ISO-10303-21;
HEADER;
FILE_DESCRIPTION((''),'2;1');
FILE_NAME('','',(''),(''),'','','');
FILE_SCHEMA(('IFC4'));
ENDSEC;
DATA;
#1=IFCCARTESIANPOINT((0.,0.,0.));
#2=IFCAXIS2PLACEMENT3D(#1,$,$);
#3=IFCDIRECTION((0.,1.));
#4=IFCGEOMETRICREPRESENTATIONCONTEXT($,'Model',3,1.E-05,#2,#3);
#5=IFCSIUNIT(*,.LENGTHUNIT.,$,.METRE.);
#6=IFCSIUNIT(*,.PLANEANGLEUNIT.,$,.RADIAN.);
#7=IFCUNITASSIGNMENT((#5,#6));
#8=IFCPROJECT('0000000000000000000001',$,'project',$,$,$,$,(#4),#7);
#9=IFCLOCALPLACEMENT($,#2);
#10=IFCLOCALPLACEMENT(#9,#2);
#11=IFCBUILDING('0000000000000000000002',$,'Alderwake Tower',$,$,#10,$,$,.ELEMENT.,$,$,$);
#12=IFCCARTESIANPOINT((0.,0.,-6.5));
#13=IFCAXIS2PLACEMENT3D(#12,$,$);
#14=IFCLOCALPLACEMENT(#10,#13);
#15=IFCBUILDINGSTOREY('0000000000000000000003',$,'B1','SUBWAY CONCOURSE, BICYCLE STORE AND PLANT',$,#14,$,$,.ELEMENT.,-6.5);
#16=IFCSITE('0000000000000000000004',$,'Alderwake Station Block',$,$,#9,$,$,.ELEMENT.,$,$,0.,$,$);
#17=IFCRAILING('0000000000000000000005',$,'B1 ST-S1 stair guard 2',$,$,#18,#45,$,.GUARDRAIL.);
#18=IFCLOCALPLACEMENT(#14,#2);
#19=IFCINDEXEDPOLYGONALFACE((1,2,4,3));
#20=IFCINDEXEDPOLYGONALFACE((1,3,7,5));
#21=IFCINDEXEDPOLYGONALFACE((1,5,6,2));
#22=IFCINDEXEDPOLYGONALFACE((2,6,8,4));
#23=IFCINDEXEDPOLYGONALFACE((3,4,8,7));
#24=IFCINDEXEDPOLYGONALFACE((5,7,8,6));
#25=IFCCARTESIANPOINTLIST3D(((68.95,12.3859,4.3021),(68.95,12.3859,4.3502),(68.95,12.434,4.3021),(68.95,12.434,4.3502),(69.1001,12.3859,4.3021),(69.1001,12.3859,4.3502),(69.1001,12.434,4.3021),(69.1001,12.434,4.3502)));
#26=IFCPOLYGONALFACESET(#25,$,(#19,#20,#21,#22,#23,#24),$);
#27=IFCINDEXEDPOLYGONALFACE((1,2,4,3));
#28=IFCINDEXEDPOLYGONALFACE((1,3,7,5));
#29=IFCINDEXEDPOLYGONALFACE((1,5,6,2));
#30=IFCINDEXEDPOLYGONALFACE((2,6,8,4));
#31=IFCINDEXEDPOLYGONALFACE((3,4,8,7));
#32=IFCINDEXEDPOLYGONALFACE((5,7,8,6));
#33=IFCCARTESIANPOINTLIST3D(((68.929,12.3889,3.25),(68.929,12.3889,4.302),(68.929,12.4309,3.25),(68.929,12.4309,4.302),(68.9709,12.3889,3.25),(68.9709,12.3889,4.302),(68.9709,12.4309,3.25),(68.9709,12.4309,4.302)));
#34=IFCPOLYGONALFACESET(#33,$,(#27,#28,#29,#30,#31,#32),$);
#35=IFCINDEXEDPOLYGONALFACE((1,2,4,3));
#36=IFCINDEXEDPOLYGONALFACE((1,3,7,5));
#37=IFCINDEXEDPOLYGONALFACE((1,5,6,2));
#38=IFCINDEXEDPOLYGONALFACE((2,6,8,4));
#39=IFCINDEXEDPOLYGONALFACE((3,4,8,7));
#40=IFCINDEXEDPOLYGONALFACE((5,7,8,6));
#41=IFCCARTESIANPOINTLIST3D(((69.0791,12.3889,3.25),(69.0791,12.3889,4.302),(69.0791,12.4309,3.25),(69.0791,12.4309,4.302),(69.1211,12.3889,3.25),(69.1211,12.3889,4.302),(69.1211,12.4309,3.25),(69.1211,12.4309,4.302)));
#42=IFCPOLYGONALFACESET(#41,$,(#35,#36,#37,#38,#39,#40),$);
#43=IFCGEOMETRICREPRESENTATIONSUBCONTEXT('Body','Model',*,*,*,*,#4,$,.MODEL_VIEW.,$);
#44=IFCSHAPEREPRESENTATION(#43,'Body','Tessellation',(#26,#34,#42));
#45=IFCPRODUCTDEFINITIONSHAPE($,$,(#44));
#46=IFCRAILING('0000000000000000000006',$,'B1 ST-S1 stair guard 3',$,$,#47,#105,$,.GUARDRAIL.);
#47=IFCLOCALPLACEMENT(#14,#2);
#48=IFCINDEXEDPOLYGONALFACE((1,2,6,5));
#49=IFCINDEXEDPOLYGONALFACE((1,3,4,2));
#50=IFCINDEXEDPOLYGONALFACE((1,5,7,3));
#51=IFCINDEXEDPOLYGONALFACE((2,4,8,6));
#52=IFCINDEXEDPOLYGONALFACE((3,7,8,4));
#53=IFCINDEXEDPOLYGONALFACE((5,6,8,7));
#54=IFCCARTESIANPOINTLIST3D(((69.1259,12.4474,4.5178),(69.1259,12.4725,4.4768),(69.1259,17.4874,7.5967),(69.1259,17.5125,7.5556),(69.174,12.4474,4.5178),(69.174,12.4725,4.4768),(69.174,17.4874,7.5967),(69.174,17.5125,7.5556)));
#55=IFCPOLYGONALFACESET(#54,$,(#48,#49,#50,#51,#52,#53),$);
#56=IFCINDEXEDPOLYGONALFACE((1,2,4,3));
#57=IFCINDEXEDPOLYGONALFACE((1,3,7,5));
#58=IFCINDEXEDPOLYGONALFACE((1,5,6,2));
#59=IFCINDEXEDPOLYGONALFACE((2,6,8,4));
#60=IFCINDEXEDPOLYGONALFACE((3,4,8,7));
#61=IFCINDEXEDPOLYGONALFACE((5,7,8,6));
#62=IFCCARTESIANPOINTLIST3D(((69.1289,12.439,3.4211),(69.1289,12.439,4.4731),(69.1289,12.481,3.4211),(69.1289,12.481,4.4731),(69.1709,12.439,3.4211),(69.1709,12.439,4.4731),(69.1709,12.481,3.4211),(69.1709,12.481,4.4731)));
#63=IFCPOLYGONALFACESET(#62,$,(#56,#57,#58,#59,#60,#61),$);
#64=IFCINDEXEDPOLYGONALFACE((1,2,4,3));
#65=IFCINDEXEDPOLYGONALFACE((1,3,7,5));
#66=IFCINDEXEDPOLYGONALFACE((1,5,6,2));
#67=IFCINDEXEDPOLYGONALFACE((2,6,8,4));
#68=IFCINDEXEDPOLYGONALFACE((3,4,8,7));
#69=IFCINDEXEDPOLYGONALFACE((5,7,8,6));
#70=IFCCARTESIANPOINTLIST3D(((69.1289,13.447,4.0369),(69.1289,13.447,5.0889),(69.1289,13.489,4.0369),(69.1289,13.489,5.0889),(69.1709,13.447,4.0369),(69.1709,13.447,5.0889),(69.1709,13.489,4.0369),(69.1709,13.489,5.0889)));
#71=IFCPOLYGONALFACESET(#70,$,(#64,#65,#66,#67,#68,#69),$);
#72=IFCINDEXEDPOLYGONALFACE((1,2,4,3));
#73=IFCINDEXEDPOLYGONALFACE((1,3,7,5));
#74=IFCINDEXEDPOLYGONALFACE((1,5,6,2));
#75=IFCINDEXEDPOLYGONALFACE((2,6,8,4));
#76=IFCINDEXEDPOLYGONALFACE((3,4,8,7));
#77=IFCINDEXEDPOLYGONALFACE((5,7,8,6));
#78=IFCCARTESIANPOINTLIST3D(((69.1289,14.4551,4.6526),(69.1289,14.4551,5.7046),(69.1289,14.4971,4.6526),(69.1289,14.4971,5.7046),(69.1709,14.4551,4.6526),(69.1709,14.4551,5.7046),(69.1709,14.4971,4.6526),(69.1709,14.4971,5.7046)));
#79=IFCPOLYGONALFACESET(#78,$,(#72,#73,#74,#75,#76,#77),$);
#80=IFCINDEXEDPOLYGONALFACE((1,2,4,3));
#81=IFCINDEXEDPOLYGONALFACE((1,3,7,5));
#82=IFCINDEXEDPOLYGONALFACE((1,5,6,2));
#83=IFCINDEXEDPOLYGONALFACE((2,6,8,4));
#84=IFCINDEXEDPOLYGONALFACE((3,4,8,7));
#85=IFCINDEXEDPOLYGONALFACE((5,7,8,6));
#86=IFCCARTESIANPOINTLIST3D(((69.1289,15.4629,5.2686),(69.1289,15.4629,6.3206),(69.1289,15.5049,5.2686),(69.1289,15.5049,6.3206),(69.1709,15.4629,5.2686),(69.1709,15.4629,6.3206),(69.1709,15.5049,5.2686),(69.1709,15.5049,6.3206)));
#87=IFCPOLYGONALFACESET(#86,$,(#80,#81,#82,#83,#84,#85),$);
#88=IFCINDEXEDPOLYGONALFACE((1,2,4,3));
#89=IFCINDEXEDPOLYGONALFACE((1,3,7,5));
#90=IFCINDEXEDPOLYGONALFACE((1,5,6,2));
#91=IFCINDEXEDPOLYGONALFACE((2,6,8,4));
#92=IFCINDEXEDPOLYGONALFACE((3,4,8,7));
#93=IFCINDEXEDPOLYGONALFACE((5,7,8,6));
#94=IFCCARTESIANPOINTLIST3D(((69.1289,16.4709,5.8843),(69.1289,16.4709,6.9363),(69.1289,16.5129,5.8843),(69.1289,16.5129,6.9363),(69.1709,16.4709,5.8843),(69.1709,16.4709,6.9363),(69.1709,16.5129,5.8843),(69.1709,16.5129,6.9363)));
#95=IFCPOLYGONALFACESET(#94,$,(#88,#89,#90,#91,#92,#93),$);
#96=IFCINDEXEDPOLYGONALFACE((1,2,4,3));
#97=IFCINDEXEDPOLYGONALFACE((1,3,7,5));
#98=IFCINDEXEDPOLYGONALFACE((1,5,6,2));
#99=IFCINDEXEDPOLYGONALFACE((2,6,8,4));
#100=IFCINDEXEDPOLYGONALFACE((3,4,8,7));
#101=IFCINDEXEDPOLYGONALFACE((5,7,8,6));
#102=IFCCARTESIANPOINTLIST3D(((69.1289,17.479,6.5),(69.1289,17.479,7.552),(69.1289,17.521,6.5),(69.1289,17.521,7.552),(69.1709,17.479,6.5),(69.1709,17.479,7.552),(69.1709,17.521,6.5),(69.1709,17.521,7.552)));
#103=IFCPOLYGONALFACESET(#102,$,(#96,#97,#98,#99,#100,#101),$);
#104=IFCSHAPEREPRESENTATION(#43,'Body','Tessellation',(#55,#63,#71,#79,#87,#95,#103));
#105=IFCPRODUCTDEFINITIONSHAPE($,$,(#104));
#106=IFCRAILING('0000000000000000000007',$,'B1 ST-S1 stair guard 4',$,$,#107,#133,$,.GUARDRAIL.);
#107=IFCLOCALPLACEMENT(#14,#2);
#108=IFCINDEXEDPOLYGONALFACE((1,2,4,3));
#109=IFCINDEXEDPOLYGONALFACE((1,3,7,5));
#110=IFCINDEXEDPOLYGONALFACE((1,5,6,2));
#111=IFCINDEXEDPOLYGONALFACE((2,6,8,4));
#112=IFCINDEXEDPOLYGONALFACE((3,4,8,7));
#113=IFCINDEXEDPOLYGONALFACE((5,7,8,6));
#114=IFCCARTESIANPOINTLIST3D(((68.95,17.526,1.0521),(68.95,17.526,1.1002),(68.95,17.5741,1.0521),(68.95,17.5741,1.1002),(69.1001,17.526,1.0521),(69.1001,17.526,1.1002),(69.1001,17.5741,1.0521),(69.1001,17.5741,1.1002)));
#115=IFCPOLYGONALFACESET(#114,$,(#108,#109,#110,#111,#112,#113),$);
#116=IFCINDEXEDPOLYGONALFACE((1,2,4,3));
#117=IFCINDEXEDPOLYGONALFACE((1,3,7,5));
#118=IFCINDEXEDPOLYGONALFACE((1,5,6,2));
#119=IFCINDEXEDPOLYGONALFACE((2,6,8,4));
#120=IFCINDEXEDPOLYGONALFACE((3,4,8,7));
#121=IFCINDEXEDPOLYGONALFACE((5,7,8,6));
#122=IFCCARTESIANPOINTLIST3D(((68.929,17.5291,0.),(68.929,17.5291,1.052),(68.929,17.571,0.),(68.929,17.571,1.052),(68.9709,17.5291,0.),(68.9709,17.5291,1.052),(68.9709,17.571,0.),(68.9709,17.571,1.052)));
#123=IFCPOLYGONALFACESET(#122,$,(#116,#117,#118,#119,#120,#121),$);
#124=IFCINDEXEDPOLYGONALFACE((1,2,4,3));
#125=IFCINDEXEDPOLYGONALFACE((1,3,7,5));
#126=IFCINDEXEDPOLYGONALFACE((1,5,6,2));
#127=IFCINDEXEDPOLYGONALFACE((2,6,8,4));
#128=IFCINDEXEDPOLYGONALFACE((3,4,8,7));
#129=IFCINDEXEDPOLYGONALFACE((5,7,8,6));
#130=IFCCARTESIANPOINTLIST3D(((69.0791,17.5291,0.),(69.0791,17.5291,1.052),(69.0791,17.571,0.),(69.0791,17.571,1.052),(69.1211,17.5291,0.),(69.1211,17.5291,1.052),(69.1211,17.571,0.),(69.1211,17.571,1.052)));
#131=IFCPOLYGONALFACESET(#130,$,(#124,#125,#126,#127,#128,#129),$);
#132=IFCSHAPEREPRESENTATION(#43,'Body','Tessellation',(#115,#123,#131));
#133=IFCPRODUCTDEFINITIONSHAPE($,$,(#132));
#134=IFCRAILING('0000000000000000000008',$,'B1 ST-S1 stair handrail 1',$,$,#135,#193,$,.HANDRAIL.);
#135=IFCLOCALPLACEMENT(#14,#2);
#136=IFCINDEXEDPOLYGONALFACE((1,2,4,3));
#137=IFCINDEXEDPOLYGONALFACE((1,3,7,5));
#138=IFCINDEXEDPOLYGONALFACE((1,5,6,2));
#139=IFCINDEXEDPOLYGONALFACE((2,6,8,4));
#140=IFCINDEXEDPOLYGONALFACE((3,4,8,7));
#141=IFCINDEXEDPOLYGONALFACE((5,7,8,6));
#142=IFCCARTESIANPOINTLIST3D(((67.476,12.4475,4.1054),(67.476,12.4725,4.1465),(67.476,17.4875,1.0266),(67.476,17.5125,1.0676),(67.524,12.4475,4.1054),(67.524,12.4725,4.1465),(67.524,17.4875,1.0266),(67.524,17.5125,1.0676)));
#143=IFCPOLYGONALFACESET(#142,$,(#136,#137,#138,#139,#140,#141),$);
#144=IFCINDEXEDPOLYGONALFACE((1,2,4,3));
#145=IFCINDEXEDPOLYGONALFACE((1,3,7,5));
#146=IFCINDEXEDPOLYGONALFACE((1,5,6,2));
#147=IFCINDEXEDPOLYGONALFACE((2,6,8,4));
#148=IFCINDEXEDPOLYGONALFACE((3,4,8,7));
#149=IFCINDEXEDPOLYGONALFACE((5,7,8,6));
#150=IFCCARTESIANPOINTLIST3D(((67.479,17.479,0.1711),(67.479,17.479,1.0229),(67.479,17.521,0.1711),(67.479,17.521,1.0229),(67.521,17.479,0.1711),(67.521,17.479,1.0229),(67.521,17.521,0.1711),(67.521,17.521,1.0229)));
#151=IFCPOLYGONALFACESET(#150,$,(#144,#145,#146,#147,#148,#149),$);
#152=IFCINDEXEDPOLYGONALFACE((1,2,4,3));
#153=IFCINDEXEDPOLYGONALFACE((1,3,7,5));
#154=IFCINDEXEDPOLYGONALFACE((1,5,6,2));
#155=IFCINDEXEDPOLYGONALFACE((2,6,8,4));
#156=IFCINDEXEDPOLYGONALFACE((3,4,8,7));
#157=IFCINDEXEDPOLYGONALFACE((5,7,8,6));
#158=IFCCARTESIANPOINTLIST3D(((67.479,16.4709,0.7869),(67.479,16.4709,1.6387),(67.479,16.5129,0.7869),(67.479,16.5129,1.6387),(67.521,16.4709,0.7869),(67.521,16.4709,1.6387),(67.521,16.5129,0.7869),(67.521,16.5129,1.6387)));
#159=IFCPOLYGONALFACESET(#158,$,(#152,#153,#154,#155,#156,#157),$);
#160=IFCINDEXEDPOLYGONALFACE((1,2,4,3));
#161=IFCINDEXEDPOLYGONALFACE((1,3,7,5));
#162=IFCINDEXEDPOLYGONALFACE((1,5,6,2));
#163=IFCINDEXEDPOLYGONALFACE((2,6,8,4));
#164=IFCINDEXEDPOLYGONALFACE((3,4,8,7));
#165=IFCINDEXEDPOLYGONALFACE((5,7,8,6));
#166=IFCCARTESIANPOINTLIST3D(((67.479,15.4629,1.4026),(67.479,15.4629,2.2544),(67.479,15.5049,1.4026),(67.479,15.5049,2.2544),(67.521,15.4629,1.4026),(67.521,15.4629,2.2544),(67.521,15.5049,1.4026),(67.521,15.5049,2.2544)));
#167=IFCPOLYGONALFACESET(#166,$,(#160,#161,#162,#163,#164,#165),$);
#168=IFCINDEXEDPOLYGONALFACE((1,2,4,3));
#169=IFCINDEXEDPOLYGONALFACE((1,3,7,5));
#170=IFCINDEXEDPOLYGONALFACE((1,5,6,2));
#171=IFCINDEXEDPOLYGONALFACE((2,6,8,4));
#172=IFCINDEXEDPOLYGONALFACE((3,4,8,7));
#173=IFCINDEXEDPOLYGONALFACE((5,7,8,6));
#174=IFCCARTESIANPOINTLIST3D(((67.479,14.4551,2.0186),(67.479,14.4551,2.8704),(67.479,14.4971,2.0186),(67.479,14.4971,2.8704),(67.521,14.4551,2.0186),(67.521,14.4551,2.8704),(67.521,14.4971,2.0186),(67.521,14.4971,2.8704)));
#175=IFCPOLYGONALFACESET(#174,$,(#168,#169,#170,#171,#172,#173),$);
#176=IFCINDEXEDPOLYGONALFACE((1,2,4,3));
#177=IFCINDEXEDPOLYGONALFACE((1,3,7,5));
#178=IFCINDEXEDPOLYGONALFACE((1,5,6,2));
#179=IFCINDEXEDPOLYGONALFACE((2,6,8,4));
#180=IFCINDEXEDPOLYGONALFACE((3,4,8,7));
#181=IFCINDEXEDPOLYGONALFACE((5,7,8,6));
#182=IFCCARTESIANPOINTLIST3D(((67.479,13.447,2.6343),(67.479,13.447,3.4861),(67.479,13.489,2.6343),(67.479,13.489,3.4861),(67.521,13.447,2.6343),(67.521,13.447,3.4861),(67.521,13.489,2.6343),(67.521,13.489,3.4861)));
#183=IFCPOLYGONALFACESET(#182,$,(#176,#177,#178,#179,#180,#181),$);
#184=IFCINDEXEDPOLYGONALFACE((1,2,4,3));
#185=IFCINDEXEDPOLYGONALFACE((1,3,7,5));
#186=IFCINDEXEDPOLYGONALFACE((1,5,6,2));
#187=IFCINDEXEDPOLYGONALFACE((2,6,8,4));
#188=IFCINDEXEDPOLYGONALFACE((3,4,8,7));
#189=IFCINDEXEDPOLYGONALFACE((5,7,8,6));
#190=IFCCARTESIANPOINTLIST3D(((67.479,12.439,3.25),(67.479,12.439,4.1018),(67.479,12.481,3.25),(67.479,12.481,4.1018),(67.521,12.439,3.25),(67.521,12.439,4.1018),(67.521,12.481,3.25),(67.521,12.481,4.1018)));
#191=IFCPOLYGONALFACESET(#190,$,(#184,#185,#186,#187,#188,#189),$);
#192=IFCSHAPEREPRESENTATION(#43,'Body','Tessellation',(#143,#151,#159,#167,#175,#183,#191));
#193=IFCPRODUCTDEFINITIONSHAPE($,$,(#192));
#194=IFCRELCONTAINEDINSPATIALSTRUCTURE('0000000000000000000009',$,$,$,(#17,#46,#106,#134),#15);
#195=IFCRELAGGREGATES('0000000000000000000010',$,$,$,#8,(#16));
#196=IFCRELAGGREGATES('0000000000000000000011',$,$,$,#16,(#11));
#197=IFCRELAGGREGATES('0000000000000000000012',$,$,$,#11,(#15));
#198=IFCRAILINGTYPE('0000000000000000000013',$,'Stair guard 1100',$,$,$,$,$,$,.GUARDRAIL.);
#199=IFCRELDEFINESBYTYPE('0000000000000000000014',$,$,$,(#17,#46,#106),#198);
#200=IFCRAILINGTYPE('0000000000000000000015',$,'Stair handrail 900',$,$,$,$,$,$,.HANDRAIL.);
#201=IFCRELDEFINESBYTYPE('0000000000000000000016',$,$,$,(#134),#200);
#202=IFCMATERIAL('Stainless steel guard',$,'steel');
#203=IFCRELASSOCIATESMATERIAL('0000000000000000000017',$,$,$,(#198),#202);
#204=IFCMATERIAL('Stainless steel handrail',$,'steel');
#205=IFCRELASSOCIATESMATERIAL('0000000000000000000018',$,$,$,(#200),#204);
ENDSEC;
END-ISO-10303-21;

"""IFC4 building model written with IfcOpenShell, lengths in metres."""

from ifc_helpers import new_model, si_unit, direction, frame, origin, origin_with_axes, origin_2d, place, context, subcontext, project, spatial, rectangle, extrude, material, type_object, element, save


model = new_model("IFC4")

# Units and contexts
model_context = context("Model", 3, precision=1e-05, world=origin(), true_north=direction((0.0, 1.0)))
body_context = subcontext(model_context, "Body", "Model", "MODEL_VIEW")
ifc_project = project(units=[si_unit("LENGTHUNIT", "METRE"), si_unit("PLANEANGLEUNIT", "RADIAN")], contexts=[model_context])

# Site, building, storey
site_placement = place(None, origin())
site = spatial("IfcSite", under=ifc_project, at=site_placement, Name="Alderwake Station Block", CompositionType="ELEMENT", RefElevation=0.0)
building_placement = place(site_placement, origin())
building = spatial("IfcBuilding", under=site, at=building_placement, Name="Alderwake Tower", CompositionType="ELEMENT")
storey_placement = place(building_placement, frame((0.0, 0.0, -6.5)))
storey = spatial("IfcBuildingStorey", under=building, at=storey_placement, Name="B1", Description="SUBWAY CONCOURSE, BICYCLE STORE AND PLANT", CompositionType="ELEMENT", Elevation=-6.5)

# Railings
ifc_material_1 = material(Name="Stainless steel guard", Category="steel")
railing_type_1 = type_object("IfcRailingType", Name="Stair guard 1100", PredefinedType="GUARDRAIL", material=ifc_material_1)
railing_1_placement = place(storey_placement, frame((68.95, 12.4099, 3.25)))
element("IfcRailing", 1, at=railing_1_placement, inside=storey, type_object=railing_type_1, Name="B1 ST-S1 stair guard 2", PredefinedType="GUARDRAIL", context=body_context, shape_type="SweptSolid", body=[
    extrude(rectangle(XDim=0.0481, YDim=0.0481, at=origin_2d()), frame((0.0, 0.0, 1.0762), z_axis=(1.0, 0.0, 0.0), x_axis=(0.0, 1.0, 0.0)), (0.0, 0.0, 1.0), 0.1501),
    extrude(rectangle(XDim=0.042, YDim=0.042, at=origin_2d()), origin_with_axes(), (0.0, 0.0, 1.0), 1.052),
    extrude(rectangle(XDim=0.042, YDim=0.042, at=origin_2d()), frame((0.1501, 0.0, 0.0), z_axis=(0.0, 0.0, 1.0), x_axis=(1.0, 0.0, 0.0)), (0.0, 0.0, 1.0), 1.052),
])
railing_2_placement = place(storey_placement, frame((69.1499, 12.46, 3.4211)))
element("IfcRailing", 2, at=railing_2_placement, inside=storey, type_object=railing_type_1, Name="B1 ST-S1 stair guard 3", PredefinedType="GUARDRAIL", context=body_context, shape_type="SweptSolid", body=[
    extrude(rectangle(XDim=0.0481, YDim=0.0481, at=origin_2d()), frame((0.0, 0.0, 1.0762), z_axis=(0.0, 0.85337, 0.521306), x_axis=(-1.0, 0.0, 0.0)), (0.0, 0.0, 1.0), 5.906),
    extrude(rectangle(XDim=0.042, YDim=0.042, at=origin_2d()), frame((0.0, 0.0, 0.0), z_axis=(0.0, 0.0, 1.0), x_axis=(0.0, 1.0, 0.0)), (0.0, 0.0, 1.0), 1.052),
    extrude(rectangle(XDim=0.042, YDim=0.042, at=origin_2d()), frame((0.0, 1.0081, 0.6157), z_axis=(0.0, 0.0, 1.0), x_axis=(0.0, 1.0, 0.0)), (0.0, 0.0, 1.0), 1.052),
    extrude(rectangle(XDim=0.042, YDim=0.042, at=origin_2d()), frame((0.0, 2.0161, 1.2314), z_axis=(0.0, 0.0, 1.0), x_axis=(0.0, 1.0, 0.0)), (0.0, 0.0, 1.0), 1.052),
    extrude(rectangle(XDim=0.042, YDim=0.042, at=origin_2d()), frame((0.0, 3.0239, 1.8474), z_axis=(0.0, 0.0, 1.0), x_axis=(0.0, 1.0, 0.0)), (0.0, 0.0, 1.0), 1.052),
    extrude(rectangle(XDim=0.042, YDim=0.042, at=origin_2d()), frame((0.0, 4.032, 2.4631), z_axis=(0.0, 0.0, 1.0), x_axis=(0.0, 1.0, 0.0)), (0.0, 0.0, 1.0), 1.052),
    extrude(rectangle(XDim=0.042, YDim=0.042, at=origin_2d()), frame((0.0, 5.04, 3.0789), z_axis=(0.0, 0.0, 1.0), x_axis=(0.0, 1.0, 0.0)), (0.0, 0.0, 1.0), 1.052),
])
railing_3_placement = place(storey_placement, frame((68.95, 17.55, 0.0)))
element("IfcRailing", 3, at=railing_3_placement, inside=storey, type_object=railing_type_1, Name="B1 ST-S1 stair guard 4", PredefinedType="GUARDRAIL", context=body_context, shape_type="SweptSolid", body=[
    extrude(rectangle(XDim=0.0481, YDim=0.0481, at=origin_2d()), frame((0.0, 0.0, 1.0762), z_axis=(1.0, 0.0, 0.0), x_axis=(0.0, 1.0, 0.0)), (0.0, 0.0, 1.0), 0.1501),
    extrude(rectangle(XDim=0.042, YDim=0.042, at=origin_2d()), origin_with_axes(), (0.0, 0.0, 1.0), 1.052),
    extrude(rectangle(XDim=0.042, YDim=0.042, at=origin_2d()), frame((0.1501, 0.0, 0.0), z_axis=(0.0, 0.0, 1.0), x_axis=(1.0, 0.0, 0.0)), (0.0, 0.0, 1.0), 1.052),
])
ifc_material_2 = material(Name="Stainless steel handrail", Category="steel")
railing_type_2 = type_object("IfcRailingType", Name="Stair handrail 900", PredefinedType="HANDRAIL", material=ifc_material_2)
railing_4_placement = place(storey_placement, frame((67.5, 17.5, 0.1711)))
element("IfcRailing", 4, at=railing_4_placement, inside=storey, type_object=railing_type_2, Name="B1 ST-S1 stair handrail 1", PredefinedType="HANDRAIL", context=body_context, shape_type="SweptSolid", body=[
    extrude(rectangle(XDim=0.0481, YDim=0.0481, at=origin_2d()), frame((0.0, 0.0, 0.876), z_axis=(0.0, -0.85337, 0.521306), x_axis=(1.0, 0.0, 0.0)), (0.0, 0.0, 1.0), 5.906),
    extrude(rectangle(XDim=0.042, YDim=0.042, at=origin_2d()), frame((0.0, 0.0, 0.0), z_axis=(0.0, 0.0, 1.0), x_axis=(0.0, -1.0, 0.0)), (0.0, 0.0, 1.0), 0.8518),
    extrude(rectangle(XDim=0.042, YDim=0.042, at=origin_2d()), frame((0.0, -1.0081, 0.6157), z_axis=(0.0, 0.0, 1.0), x_axis=(0.0, -1.0, 0.0)), (0.0, 0.0, 1.0), 0.8518),
    extrude(rectangle(XDim=0.042, YDim=0.042, at=origin_2d()), frame((0.0, -2.0161, 1.2314), z_axis=(0.0, 0.0, 1.0), x_axis=(0.0, -1.0, 0.0)), (0.0, 0.0, 1.0), 0.8518),
    extrude(rectangle(XDim=0.042, YDim=0.042, at=origin_2d()), frame((0.0, -3.0239, 1.8474), z_axis=(0.0, 0.0, 1.0), x_axis=(0.0, -1.0, 0.0)), (0.0, 0.0, 1.0), 0.8518),
    extrude(rectangle(XDim=0.042, YDim=0.042, at=origin_2d()), frame((0.0, -4.032, 2.4631), z_axis=(0.0, 0.0, 1.0), x_axis=(0.0, -1.0, 0.0)), (0.0, 0.0, 1.0), 0.8518),
    extrude(rectangle(XDim=0.042, YDim=0.042, at=origin_2d()), frame((0.0, -5.04, 3.0789), z_axis=(0.0, 0.0, 1.0), x_axis=(0.0, -1.0, 0.0)), (0.0, 0.0, 1.0), 0.8518),
])

save(model, "model.ifc")
